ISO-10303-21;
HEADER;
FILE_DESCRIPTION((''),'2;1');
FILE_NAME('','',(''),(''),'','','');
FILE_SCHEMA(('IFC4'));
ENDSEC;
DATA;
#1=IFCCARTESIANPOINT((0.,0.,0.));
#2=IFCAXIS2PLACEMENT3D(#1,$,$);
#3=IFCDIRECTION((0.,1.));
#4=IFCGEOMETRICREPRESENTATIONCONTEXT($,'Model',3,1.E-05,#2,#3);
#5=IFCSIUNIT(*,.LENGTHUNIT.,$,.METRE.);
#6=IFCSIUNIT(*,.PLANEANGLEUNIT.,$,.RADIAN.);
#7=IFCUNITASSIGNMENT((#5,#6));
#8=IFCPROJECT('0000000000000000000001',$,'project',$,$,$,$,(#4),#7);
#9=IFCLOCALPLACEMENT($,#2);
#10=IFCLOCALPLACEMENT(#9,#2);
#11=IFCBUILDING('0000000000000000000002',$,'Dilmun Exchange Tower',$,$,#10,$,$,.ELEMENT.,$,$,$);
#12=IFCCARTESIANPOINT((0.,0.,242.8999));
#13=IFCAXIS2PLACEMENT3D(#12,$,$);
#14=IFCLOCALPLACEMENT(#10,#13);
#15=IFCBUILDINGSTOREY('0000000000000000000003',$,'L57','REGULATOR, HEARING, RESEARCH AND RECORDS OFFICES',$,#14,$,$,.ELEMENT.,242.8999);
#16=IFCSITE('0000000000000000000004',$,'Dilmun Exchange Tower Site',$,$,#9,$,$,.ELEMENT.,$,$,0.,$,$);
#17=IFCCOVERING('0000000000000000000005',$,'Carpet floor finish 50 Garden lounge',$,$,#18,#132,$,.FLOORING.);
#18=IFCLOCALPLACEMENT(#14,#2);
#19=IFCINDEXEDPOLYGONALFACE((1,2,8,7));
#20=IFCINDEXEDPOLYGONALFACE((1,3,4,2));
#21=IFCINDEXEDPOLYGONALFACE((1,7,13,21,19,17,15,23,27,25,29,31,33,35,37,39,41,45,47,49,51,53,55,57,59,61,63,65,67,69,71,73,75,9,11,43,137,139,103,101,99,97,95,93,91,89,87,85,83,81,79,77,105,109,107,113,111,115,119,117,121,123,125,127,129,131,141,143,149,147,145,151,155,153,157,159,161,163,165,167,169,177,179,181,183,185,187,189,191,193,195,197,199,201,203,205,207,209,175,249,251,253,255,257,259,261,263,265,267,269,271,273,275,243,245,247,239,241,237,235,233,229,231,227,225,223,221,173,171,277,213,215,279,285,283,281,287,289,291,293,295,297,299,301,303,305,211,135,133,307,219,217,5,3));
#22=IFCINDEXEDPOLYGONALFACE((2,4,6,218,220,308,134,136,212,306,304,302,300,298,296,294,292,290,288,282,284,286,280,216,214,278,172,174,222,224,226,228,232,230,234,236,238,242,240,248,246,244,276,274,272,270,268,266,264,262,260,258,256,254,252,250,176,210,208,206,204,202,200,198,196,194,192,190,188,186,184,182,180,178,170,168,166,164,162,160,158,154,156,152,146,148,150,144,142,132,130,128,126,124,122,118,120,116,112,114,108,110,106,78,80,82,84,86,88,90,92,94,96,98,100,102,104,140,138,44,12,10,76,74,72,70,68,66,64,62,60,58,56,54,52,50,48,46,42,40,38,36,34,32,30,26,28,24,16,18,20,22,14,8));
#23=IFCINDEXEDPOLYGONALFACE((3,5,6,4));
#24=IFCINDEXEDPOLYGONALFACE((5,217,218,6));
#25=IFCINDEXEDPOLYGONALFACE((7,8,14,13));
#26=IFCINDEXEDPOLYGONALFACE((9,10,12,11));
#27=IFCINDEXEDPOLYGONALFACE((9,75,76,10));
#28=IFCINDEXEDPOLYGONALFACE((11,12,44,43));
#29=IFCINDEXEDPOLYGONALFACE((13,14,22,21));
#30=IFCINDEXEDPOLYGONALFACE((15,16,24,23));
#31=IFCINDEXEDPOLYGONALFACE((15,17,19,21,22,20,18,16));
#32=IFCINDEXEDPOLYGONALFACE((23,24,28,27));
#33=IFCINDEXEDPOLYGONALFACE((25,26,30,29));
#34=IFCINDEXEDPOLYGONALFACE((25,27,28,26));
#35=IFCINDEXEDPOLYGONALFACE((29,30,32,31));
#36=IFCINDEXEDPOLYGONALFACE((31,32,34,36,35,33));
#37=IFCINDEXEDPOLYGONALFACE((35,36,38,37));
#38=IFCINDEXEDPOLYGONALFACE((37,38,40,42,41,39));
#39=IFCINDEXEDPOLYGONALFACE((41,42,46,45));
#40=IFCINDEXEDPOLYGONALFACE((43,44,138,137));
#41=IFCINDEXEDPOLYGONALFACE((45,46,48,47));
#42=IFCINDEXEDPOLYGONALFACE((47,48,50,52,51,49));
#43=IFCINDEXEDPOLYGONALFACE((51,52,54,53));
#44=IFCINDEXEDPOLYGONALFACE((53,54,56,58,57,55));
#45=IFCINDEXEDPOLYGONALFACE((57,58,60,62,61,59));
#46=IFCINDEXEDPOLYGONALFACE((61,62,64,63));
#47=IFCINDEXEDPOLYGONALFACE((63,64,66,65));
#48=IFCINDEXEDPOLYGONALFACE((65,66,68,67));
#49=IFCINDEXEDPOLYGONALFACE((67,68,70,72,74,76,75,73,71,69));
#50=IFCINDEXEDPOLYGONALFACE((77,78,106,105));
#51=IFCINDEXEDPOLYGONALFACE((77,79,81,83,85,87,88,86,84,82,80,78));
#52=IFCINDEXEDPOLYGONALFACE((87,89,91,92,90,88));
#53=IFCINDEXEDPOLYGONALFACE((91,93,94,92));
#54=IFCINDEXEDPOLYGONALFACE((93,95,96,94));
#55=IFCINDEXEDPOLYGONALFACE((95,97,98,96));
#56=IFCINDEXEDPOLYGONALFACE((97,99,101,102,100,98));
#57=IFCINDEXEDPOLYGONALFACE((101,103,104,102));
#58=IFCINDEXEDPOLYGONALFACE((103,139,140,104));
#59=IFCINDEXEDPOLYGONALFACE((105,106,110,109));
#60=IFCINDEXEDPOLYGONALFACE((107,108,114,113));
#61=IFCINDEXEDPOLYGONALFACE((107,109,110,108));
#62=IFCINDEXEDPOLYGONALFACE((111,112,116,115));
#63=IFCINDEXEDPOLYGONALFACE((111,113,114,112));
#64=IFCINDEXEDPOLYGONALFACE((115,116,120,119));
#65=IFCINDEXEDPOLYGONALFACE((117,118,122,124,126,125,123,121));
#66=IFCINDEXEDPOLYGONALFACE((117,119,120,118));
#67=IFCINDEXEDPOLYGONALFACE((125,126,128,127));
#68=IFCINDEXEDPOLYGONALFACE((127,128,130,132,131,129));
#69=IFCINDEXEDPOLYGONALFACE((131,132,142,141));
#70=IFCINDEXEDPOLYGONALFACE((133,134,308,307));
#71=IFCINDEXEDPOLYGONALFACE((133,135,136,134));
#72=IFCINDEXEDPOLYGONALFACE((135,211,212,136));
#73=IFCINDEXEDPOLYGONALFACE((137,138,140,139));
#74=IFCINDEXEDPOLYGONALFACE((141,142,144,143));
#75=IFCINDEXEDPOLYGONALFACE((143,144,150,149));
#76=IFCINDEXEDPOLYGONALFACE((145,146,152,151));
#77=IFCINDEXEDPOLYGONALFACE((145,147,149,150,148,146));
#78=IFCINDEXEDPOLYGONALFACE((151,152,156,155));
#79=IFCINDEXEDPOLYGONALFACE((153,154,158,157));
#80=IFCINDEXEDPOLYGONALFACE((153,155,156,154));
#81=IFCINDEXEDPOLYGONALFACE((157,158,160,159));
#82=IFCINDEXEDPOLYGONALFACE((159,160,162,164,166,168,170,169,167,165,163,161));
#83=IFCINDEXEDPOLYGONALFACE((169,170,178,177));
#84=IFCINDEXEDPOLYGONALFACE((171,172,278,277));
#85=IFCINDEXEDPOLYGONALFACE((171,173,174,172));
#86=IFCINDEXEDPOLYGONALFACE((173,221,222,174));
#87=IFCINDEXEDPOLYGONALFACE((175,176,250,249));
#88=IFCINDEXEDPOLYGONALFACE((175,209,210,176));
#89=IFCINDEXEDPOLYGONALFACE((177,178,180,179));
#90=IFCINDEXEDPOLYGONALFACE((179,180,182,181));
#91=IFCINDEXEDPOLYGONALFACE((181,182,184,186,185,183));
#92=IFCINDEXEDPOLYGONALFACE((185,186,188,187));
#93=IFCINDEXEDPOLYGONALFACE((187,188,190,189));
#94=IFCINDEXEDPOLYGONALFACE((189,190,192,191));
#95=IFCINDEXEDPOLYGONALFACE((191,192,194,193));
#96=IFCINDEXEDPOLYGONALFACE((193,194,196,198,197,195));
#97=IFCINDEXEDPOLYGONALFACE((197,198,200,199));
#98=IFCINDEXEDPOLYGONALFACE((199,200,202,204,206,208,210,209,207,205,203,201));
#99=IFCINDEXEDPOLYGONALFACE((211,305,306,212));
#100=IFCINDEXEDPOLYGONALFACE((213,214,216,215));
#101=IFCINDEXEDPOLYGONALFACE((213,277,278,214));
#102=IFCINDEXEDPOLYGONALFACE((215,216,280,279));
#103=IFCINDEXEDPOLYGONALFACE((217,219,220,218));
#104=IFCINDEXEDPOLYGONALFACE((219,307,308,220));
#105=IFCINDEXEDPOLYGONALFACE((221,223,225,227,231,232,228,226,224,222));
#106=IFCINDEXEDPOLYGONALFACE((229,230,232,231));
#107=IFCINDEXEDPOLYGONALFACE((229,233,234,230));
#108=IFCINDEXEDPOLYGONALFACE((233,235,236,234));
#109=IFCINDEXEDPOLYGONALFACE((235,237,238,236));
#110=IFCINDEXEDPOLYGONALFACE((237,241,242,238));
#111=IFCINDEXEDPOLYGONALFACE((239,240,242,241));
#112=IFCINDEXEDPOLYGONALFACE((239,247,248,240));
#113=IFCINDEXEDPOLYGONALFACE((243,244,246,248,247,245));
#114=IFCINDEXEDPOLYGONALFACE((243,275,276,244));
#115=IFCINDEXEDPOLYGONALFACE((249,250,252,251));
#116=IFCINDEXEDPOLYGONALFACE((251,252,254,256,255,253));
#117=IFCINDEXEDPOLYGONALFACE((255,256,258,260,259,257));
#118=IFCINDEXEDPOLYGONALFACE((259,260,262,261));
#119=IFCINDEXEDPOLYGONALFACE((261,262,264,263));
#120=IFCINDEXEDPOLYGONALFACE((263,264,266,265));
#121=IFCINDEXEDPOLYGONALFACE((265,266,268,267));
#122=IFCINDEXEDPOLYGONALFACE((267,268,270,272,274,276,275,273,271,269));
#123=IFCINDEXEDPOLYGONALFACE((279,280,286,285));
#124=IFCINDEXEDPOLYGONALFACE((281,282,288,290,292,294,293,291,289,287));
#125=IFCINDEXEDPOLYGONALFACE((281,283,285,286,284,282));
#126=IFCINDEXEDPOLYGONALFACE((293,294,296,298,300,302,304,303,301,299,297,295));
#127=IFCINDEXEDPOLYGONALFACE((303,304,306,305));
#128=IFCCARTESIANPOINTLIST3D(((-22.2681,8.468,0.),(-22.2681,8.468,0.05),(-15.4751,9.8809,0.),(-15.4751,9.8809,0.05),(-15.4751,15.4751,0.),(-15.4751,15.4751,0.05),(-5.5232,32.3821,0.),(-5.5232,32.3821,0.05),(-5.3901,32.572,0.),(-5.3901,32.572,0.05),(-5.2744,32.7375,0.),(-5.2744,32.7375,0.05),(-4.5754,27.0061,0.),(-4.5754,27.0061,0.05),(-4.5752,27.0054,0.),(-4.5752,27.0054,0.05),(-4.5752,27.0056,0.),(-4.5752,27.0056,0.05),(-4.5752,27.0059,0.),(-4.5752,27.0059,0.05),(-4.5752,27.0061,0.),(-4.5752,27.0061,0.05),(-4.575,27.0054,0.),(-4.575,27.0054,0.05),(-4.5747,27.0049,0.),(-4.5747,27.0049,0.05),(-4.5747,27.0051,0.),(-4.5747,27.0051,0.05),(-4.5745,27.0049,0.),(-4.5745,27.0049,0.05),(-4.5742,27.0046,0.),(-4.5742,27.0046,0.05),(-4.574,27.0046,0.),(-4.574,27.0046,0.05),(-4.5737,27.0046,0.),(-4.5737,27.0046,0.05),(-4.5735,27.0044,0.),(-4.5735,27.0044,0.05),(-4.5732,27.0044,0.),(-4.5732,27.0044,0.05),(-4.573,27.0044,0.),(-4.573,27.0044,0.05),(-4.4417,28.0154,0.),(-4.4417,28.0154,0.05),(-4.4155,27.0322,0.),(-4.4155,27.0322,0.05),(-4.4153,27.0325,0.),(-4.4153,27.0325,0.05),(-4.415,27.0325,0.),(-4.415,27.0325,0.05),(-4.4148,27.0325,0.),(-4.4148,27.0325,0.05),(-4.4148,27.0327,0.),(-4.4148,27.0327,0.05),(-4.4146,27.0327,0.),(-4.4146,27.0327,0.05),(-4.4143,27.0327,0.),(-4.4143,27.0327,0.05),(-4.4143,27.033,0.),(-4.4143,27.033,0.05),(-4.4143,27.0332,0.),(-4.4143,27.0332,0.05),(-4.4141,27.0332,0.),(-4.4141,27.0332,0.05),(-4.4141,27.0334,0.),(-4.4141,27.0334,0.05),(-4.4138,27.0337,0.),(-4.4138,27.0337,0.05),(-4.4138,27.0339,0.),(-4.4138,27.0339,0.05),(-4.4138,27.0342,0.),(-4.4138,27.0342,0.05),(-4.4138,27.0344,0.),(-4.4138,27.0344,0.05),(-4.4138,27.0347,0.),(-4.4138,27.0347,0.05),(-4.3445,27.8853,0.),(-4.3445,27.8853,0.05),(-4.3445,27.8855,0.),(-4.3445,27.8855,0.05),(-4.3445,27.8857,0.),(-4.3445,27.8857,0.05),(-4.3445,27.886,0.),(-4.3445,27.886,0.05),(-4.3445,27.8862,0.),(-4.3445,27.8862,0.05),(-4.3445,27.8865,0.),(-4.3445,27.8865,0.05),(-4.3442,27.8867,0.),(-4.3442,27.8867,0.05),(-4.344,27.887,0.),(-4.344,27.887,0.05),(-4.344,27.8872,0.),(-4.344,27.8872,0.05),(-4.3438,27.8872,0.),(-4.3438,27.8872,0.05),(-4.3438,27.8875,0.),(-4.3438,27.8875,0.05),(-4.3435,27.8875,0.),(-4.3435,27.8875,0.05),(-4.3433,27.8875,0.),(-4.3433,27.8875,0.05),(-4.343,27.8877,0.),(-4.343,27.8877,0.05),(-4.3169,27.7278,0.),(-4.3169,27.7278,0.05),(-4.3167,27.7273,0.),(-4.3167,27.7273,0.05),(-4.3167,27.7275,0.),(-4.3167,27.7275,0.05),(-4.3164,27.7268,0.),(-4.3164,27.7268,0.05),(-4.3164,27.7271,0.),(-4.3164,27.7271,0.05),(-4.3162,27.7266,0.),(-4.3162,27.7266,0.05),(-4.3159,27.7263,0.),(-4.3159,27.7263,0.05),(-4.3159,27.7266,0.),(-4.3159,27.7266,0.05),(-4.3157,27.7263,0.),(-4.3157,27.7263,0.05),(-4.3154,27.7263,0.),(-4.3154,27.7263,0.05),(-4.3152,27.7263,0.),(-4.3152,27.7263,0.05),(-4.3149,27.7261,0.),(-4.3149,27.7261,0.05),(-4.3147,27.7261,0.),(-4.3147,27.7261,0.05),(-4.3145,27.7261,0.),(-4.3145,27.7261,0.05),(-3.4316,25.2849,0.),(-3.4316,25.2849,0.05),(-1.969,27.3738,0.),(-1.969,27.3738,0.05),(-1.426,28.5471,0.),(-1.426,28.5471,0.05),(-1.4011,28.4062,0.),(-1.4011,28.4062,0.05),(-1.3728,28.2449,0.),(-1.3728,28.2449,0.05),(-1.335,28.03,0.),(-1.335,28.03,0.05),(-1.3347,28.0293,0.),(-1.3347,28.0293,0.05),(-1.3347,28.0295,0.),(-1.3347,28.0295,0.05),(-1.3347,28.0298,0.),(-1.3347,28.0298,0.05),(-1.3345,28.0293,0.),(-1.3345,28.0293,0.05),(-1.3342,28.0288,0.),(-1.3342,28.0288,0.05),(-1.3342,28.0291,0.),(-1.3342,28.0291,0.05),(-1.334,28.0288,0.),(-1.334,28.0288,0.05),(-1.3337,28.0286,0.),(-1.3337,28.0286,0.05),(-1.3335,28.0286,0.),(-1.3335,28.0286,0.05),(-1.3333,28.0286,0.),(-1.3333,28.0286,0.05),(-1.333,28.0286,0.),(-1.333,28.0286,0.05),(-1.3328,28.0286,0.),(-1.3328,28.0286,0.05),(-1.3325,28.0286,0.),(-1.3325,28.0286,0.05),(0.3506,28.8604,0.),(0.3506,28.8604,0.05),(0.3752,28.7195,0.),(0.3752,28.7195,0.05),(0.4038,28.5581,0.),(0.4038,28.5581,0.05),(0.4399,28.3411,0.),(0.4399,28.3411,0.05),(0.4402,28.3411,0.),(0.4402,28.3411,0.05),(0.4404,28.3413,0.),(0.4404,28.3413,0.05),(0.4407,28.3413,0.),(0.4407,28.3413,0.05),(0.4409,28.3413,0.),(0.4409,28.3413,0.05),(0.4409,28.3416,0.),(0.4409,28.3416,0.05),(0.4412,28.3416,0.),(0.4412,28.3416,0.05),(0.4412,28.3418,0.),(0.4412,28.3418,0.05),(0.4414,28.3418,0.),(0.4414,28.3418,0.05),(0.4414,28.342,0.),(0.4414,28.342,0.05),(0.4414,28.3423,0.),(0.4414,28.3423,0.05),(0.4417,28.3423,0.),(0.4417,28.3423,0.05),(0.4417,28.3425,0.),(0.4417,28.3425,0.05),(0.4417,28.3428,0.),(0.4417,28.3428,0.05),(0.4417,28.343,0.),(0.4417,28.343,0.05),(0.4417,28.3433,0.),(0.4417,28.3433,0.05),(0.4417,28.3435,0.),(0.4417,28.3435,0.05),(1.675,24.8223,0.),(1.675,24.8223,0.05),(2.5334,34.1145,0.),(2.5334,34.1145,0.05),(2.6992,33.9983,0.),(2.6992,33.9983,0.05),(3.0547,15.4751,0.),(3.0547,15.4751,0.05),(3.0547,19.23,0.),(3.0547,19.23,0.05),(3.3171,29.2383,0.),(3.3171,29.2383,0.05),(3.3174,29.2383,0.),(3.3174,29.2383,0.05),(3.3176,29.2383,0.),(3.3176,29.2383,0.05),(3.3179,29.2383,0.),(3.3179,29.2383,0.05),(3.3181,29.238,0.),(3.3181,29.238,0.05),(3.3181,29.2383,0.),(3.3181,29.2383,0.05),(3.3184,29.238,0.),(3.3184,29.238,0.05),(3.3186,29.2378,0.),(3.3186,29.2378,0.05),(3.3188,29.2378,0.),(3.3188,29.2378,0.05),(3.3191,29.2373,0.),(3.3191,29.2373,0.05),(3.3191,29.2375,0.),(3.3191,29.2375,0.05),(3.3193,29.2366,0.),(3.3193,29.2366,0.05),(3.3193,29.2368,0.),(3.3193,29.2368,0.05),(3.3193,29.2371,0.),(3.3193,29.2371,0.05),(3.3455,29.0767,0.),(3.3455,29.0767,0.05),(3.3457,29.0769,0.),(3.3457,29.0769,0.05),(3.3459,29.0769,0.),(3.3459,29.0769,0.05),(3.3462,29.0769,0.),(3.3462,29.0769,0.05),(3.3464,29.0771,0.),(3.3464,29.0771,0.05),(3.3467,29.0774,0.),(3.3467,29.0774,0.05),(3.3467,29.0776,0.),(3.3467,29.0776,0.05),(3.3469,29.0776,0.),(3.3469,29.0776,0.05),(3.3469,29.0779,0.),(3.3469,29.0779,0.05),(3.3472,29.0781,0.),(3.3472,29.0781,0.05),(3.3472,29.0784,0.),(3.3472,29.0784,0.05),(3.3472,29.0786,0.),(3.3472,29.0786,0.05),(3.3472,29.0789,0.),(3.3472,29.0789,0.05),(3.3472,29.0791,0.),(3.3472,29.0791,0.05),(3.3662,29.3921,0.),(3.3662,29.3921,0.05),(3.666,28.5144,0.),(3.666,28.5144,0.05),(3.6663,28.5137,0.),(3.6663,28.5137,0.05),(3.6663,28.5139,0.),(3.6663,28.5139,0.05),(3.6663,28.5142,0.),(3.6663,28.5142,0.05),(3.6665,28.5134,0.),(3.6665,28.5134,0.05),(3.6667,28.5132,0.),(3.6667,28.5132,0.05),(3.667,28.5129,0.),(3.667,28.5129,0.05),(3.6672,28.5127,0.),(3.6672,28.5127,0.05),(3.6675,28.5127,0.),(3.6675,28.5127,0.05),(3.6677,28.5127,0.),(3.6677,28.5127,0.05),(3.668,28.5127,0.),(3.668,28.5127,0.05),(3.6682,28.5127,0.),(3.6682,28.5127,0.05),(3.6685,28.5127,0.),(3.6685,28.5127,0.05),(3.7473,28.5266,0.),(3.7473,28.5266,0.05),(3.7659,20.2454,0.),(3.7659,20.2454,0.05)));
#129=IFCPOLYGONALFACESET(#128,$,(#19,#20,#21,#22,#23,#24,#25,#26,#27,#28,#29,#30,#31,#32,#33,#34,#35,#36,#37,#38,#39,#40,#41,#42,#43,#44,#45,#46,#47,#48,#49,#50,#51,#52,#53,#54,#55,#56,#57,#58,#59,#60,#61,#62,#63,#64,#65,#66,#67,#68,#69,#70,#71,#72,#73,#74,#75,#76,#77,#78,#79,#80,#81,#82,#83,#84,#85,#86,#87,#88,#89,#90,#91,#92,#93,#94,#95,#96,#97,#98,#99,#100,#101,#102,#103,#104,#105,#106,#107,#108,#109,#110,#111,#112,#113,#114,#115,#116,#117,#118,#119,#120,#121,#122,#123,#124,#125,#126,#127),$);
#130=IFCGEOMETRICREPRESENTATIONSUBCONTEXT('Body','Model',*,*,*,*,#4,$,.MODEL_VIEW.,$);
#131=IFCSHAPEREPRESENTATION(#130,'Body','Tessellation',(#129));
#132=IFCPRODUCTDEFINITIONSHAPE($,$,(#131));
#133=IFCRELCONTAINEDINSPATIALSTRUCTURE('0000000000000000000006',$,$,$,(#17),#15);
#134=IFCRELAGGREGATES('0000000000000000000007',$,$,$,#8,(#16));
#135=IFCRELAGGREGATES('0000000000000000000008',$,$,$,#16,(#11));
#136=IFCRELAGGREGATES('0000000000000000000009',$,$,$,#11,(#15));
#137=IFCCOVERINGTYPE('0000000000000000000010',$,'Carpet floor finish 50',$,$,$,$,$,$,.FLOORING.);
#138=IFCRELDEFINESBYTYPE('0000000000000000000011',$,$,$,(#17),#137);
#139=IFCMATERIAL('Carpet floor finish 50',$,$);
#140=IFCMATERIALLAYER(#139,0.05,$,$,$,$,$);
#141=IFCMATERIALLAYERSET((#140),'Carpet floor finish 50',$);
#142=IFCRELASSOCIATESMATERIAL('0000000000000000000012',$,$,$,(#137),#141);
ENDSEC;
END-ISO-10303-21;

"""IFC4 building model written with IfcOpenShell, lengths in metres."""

from ifc_helpers import new_model, si_unit, direction, frame, origin, place, context, subcontext, project, spatial, polyline, outline, extrude, material, layer, layer_set, type_object, element, save


model = new_model("IFC4")

# Units and contexts
model_context = context("Model", 3, precision=1e-05, world=origin(), true_north=direction((0.0, 1.0)))
body_context = subcontext(model_context, "Body", "Model", "MODEL_VIEW")
ifc_project = project(units=[si_unit("LENGTHUNIT", "METRE"), si_unit("PLANEANGLEUNIT", "RADIAN")], contexts=[model_context])

# Site, building, storey
site_placement = place(None, origin())
site = spatial("IfcSite", under=ifc_project, at=site_placement, Name="Dilmun Exchange Tower Site", CompositionType="ELEMENT", RefElevation=0.0)
building_placement = place(site_placement, origin())
building = spatial("IfcBuilding", under=site, at=building_placement, Name="Dilmun Exchange Tower", CompositionType="ELEMENT")
storey_placement = place(building_placement, frame((0.0, 0.0, 242.8999)))
storey = spatial("IfcBuildingStorey", under=building, at=storey_placement, Name="L57", Description="REGULATOR, HEARING, RESEARCH AND RECORDS OFFICES", CompositionType="ELEMENT", Elevation=242.8999)

# Covering
ifc_material_1 = material(Name="Carpet floor finish 50")
ifc_layer_1 = layer(ifc_material_1, 0.05)
ifc_layer_set_1 = layer_set([ifc_layer_1], Name="Carpet floor finish 50")
covering_type_1 = type_object("IfcCoveringType", Name="Carpet floor finish 50", PredefinedType="FLOORING", material=ifc_layer_set_1)
covering_1_placement = place(storey_placement, origin())
element("IfcCovering", 1, at=covering_1_placement, inside=storey, type_object=covering_type_1, Name="Carpet floor finish 50 Garden lounge", PredefinedType="FLOORING", context=body_context, shape_type="SweptSolid", body=[
    extrude(outline(polyline([(-15.4751, 9.8809), (-22.2681, 8.468), (-5.5232, 32.3821), (-4.5754, 27.0061), (-4.5752, 27.0061), (-4.5752, 27.0059), (-4.5752, 27.0056), (-4.5752, 27.0054), (-4.575, 27.0054), (-4.5747, 27.0051), (-4.5747, 27.0049), (-4.5745, 27.0049), (-4.5745, 27.0049), (-4.5742, 27.0046), (-4.574, 27.0046), (-4.5737, 27.0046), (-4.5735, 27.0044), (-4.5735, 27.0044), (-4.5732, 27.0044), (-4.573, 27.0044), (-4.4155, 27.0322), (-4.4153, 27.0325), (-4.415, 27.0325), (-4.4148, 27.0325), (-4.4148, 27.0327), (-4.4146, 27.0327), (-4.4143, 27.0327), (-4.4143, 27.033), (-4.4143, 27.0332), (-4.4141, 27.0332), (-4.4141, 27.0334), (-4.4138, 27.0337), (-4.4138, 27.0339), (-4.4138, 27.0342), (-4.4138, 27.0342), (-4.4138, 27.0344), (-4.4138, 27.0347), (-5.3901, 32.572), (-5.2744, 32.7375), (-4.4417, 28.0154), (-1.426, 28.5471), (-1.4011, 28.4062), (-4.343, 27.8877), (-4.343, 27.8877), (-4.3433, 27.8875), (-4.3435, 27.8875), (-4.3438, 27.8875), (-4.3438, 27.8872), (-4.344, 27.8872), (-4.344, 27.887), (-4.3442, 27.8867), (-4.3442, 27.8867), (-4.3445, 27.8865), (-4.3445, 27.8862), (-4.3445, 27.886), (-4.3445, 27.886), (-4.3445, 27.8857), (-4.3445, 27.8855), (-4.3445, 27.8853), (-4.3169, 27.7278), (-4.3167, 27.7275), (-4.3167, 27.7273), (-4.3167, 27.7273), (-4.3164, 27.7271), (-4.3164, 27.7268), (-4.3164, 27.7268), (-4.3162, 27.7266), (-4.3159, 27.7266), (-4.3159, 27.7263), (-4.3157, 27.7263), (-4.3154, 27.7263), (-4.3152, 27.7263), (-4.3149, 27.7261), (-4.3149, 27.7261), (-4.3147, 27.7261), (-4.3145, 27.7261), (-1.3728, 28.2449), (-1.335, 28.03), (-1.3347, 28.0298), (-1.3347, 28.0298), (-1.3347, 28.0295), (-1.3347, 28.0293), (-1.3345, 28.0293), (-1.3342, 28.0291), (-1.3342, 28.0288), (-1.334, 28.0288), (-1.334, 28.0288), (-1.3337, 28.0286), (-1.3335, 28.0286), (-1.3333, 28.0286), (-1.333, 28.0286), (-1.333, 28.0286), (-1.3328, 28.0286), (-1.3325, 28.0286), (0.4399, 28.3411), (0.4402, 28.3411), (0.4404, 28.3413), (0.4407, 28.3413), (0.4409, 28.3413), (0.4409, 28.3416), (0.4412, 28.3416), (0.4412, 28.3418), (0.4414, 28.3418), (0.4414, 28.342), (0.4414, 28.3423), (0.4417, 28.3423), (0.4417, 28.3425), (0.4417, 28.3428), (0.4417, 28.343), (0.4417, 28.3433), (0.4417, 28.3435), (0.4038, 28.5581), (3.3455, 29.0767), (3.3457, 29.0769), (3.3459, 29.0769), (3.3462, 29.0769), (3.3462, 29.0769), (3.3464, 29.0771), (3.3467, 29.0774), (3.3467, 29.0774), (3.3467, 29.0776), (3.3469, 29.0776), (3.3469, 29.0779), (3.3472, 29.0781), (3.3472, 29.0784), (3.3472, 29.0786), (3.3472, 29.0786), (3.3472, 29.0789), (3.3472, 29.0791), (3.3193, 29.2366), (3.3193, 29.2368), (3.3193, 29.2371), (3.3191, 29.2373), (3.3191, 29.2373), (3.3191, 29.2375), (3.3188, 29.2378), (3.3186, 29.2378), (3.3186, 29.2378), (3.3184, 29.238), (3.3181, 29.238), (3.3181, 29.2383), (3.3179, 29.2383), (3.3176, 29.2383), (3.3174, 29.2383), (3.3174, 29.2383), (3.3171, 29.2383), (0.3752, 28.7195), (0.3506, 28.8604), (3.3662, 29.3921), (2.5334, 34.1145), (2.6992, 33.9983), (3.666, 28.5144), (3.6663, 28.5142), (3.6663, 28.5139), (3.6663, 28.5137), (3.6665, 28.5134), (3.6665, 28.5134), (3.6667, 28.5132), (3.6667, 28.5132), (3.667, 28.5129), (3.667, 28.5129), (3.6672, 28.5127), (3.6675, 28.5127), (3.6677, 28.5127), (3.668, 28.5127), (3.6682, 28.5127), (3.6682, 28.5127), (3.6685, 28.5127), (3.7473, 28.5266), (1.675, 24.8223), (-1.969, 27.3738), (-3.4316, 25.2849), (3.7659, 20.2454), (3.0547, 19.23), (3.0547, 15.4751), (-15.4751, 15.4751), (-15.4751, 9.8809)])), origin(), (0.0, 0.0, 1.0), 0.05),
])

save(model, "model.ifc")
